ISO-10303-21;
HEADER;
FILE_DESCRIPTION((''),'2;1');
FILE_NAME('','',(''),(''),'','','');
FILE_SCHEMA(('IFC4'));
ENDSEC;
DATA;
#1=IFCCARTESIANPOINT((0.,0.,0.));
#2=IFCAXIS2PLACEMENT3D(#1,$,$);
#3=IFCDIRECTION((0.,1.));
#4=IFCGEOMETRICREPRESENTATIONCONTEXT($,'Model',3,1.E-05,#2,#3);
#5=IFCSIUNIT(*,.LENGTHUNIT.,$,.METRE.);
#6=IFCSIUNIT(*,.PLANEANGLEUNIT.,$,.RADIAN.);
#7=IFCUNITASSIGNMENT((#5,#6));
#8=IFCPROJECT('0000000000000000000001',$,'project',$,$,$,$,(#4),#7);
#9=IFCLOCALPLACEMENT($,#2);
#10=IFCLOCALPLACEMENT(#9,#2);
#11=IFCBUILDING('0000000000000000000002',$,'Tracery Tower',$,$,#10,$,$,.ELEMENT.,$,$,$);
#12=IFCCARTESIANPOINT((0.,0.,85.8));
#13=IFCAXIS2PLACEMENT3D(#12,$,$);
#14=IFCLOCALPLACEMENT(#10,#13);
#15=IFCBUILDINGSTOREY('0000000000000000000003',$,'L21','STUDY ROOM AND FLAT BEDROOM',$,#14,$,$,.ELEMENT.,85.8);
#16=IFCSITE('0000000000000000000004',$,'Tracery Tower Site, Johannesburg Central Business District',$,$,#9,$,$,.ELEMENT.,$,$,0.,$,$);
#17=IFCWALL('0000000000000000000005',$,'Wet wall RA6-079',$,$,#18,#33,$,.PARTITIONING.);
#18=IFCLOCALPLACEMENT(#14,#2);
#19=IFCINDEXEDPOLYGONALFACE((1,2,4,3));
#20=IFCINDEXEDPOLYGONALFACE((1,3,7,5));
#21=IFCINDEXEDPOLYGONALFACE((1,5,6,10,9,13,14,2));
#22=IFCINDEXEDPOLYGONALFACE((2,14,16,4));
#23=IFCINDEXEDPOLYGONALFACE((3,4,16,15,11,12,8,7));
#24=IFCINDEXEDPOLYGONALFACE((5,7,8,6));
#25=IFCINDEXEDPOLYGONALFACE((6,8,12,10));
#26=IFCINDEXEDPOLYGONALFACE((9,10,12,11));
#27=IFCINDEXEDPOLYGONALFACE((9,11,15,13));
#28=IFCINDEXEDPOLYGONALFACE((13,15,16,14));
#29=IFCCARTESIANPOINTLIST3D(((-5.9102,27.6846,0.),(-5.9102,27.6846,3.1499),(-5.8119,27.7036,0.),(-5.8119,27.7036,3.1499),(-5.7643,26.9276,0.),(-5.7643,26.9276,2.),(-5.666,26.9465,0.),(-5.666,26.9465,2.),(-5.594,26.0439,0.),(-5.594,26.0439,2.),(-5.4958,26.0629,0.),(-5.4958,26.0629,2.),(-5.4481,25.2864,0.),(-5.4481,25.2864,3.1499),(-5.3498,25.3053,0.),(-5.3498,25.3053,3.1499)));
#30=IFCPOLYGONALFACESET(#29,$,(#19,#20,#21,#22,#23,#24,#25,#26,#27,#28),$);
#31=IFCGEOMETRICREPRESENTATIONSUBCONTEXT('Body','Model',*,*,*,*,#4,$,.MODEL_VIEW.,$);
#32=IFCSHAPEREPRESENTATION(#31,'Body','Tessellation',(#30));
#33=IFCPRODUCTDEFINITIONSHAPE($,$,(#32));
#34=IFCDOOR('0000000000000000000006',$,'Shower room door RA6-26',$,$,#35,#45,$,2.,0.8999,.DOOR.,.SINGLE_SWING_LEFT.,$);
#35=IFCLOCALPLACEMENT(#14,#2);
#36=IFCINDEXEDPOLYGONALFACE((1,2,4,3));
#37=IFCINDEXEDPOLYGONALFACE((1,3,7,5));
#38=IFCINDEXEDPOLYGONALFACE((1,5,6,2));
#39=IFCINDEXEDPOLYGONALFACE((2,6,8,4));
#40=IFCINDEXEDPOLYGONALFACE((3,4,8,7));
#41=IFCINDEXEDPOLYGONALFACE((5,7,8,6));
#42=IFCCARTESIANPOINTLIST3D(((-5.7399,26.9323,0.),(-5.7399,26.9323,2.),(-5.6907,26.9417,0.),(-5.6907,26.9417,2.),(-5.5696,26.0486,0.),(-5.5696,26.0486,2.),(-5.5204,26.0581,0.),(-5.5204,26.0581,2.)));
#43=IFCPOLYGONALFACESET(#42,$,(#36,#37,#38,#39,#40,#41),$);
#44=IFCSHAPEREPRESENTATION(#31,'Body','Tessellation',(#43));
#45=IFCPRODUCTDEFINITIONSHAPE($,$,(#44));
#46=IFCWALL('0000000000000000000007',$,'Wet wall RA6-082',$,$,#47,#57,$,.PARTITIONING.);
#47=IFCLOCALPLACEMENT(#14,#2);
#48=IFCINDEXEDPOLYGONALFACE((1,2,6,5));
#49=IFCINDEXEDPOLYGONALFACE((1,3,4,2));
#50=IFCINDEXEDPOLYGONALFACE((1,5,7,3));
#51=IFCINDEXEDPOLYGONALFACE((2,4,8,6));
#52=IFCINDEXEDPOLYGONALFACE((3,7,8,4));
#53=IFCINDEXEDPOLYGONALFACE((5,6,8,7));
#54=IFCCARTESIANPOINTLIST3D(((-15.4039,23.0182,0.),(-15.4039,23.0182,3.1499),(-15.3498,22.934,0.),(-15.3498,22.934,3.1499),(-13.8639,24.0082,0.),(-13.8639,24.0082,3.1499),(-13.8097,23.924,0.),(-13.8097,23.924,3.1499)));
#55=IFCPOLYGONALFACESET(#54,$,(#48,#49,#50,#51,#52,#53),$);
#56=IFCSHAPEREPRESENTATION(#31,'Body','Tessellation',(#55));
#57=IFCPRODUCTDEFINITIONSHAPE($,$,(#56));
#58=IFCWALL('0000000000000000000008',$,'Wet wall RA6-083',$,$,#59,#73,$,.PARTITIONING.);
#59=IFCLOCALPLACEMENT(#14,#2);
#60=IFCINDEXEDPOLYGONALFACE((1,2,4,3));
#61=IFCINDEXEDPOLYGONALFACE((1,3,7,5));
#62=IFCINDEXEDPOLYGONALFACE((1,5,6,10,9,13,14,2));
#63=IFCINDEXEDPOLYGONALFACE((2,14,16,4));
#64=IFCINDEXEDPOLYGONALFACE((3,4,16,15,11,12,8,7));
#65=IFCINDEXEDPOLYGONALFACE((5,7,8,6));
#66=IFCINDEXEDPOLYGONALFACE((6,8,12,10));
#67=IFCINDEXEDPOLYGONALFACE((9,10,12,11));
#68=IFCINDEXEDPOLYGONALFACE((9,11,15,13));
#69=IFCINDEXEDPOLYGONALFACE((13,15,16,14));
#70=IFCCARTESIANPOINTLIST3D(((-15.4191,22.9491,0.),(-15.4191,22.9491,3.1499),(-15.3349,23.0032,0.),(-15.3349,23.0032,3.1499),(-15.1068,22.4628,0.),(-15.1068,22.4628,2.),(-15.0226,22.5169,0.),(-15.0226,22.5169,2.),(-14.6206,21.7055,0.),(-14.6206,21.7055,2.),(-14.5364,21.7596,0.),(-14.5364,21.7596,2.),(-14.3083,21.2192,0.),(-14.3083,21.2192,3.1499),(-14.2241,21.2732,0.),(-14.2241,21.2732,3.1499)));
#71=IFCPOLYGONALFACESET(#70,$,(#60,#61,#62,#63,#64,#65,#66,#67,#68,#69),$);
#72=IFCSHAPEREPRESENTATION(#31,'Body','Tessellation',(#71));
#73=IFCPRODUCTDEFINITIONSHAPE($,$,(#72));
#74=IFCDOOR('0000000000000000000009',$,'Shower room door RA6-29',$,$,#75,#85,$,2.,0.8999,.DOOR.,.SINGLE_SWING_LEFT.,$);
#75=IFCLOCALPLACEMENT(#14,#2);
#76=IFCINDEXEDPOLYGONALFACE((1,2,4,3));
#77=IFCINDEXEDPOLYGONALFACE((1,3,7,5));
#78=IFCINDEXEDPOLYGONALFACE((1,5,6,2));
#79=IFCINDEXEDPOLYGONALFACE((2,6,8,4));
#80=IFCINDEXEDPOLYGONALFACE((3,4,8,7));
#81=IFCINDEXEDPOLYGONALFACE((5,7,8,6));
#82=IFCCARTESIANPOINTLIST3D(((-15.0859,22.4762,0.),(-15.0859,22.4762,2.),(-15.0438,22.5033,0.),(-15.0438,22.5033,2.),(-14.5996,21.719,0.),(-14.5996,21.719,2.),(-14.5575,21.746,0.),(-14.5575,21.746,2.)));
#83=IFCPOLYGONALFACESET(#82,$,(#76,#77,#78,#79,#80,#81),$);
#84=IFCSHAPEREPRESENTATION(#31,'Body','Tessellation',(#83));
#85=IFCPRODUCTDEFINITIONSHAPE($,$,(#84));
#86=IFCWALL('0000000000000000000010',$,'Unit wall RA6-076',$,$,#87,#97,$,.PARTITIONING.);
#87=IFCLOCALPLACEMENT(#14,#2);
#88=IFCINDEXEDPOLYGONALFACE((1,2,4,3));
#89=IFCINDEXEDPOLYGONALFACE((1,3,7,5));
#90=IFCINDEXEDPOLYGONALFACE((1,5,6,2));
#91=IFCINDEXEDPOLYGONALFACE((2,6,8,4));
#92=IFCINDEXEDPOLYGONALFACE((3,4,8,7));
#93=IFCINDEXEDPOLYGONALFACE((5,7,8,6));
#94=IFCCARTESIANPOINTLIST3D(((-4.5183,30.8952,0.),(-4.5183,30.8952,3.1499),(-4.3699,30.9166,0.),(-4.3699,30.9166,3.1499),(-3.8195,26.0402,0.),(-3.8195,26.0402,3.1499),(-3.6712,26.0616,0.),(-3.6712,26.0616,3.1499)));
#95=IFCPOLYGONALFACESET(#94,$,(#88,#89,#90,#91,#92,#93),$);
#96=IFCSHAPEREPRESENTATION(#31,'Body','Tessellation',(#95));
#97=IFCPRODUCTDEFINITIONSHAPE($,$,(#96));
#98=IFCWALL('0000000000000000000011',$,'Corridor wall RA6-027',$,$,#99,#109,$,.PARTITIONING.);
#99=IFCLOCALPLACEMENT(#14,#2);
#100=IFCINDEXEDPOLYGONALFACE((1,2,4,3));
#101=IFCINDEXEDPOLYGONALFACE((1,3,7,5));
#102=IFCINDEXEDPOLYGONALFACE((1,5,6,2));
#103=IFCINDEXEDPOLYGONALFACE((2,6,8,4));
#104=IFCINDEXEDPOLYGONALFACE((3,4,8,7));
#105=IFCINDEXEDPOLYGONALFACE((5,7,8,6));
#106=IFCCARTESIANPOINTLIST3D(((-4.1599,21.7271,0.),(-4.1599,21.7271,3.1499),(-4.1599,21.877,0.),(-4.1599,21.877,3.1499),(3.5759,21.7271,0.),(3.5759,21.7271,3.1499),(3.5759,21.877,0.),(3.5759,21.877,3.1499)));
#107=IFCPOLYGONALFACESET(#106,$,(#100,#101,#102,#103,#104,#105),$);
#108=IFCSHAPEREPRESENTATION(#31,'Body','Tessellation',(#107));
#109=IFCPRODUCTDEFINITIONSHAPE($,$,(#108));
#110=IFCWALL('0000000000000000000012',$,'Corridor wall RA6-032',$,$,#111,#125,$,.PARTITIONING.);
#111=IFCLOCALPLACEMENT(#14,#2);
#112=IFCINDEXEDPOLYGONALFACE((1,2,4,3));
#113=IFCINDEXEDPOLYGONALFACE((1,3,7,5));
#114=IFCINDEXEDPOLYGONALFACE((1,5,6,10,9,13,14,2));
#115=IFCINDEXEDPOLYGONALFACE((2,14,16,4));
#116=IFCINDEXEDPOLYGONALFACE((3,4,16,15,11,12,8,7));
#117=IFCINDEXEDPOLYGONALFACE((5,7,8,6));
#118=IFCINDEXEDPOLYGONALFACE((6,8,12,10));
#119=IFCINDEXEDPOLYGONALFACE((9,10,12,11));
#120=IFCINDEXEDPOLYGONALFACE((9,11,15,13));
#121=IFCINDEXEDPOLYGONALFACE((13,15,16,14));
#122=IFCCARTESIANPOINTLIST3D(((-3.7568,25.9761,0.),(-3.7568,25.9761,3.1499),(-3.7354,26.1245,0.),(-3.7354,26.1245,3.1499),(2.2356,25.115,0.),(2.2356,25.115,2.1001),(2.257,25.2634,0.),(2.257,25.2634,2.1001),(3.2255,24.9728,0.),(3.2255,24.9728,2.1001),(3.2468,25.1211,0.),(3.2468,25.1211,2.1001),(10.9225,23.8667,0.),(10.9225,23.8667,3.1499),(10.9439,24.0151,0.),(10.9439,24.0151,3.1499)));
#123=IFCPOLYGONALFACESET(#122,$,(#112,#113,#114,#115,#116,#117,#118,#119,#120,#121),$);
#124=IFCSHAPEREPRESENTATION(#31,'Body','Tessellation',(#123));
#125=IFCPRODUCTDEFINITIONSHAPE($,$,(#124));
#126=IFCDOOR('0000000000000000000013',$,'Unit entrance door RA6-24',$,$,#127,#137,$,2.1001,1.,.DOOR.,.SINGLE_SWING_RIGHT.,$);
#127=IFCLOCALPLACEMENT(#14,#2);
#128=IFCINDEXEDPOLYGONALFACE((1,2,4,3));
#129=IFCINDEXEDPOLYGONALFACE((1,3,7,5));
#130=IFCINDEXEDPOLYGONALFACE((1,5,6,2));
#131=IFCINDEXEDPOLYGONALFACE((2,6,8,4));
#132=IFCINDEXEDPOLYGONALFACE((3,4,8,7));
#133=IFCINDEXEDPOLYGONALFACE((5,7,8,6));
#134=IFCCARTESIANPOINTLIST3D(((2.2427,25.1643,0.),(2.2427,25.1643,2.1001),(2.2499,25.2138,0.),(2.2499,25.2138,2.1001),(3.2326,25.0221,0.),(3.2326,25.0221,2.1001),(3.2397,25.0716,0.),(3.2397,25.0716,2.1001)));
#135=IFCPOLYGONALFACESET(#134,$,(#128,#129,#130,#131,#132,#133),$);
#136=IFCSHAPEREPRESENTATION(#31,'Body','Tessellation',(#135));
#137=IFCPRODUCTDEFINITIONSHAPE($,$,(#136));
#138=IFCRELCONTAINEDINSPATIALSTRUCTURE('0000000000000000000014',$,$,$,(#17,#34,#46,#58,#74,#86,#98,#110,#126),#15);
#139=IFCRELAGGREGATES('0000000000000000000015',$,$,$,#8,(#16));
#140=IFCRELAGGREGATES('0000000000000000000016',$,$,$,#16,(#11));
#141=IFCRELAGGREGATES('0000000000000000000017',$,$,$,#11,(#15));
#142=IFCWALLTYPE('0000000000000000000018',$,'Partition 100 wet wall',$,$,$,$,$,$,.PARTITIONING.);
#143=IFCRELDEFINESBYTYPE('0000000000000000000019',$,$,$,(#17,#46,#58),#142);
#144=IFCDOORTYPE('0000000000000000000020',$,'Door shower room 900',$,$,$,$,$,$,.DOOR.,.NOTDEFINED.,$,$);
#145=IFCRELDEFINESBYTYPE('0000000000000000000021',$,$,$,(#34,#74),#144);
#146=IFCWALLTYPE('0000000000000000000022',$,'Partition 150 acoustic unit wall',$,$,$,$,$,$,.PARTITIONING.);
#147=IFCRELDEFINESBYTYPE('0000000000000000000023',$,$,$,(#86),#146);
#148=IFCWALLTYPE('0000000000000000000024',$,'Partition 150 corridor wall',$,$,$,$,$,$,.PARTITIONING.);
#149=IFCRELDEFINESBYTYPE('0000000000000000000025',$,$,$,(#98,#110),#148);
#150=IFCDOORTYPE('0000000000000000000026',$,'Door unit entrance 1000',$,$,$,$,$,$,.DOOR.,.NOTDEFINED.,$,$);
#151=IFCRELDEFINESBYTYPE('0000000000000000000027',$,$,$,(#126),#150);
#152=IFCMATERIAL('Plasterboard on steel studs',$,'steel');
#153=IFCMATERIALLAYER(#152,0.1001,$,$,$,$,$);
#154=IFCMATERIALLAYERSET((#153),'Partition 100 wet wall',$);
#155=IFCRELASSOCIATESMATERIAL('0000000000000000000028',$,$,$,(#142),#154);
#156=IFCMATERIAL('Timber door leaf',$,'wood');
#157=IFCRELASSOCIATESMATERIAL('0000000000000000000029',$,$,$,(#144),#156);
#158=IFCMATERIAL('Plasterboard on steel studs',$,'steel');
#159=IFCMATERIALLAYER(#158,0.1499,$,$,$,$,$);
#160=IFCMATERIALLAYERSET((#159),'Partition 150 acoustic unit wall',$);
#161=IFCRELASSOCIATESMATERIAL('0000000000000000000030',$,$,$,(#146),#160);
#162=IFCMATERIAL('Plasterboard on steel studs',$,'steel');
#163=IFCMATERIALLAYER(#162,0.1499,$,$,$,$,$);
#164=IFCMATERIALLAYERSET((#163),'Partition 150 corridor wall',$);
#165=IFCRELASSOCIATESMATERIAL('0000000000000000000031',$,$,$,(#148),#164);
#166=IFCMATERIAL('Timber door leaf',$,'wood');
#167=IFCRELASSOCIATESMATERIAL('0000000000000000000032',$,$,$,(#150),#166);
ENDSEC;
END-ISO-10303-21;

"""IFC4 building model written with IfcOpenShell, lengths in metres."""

from ifc_helpers import new_model, si_unit, direction, frame, frame_2d, origin, place, context, subcontext, project, spatial, rectangle, extrude, material, layer, layer_set, type_object, element, fill, save


model = new_model("IFC4")

# Units and contexts
model_context = context("Model", 3, precision=1e-05, world=origin(), true_north=direction((0.0, 1.0)))
body_context = subcontext(model_context, "Body", "Model", "MODEL_VIEW")
ifc_project = project(units=[si_unit("LENGTHUNIT", "METRE"), si_unit("PLANEANGLEUNIT", "RADIAN")], contexts=[model_context])

# Site, building, storey
site_placement = place(None, origin())
site = spatial("IfcSite", under=ifc_project, at=site_placement, Name="Tracery Tower Site, Johannesburg Central Business District", CompositionType="ELEMENT", RefElevation=0.0)
building_placement = place(site_placement, origin())
building = spatial("IfcBuilding", under=site, at=building_placement, Name="Tracery Tower", CompositionType="ELEMENT")
storey_placement = place(building_placement, frame((0.0, 0.0, 85.8)))
storey = spatial("IfcBuildingStorey", under=building, at=storey_placement, Name="L21", Description="STUDY ROOM AND FLAT BEDROOM", CompositionType="ELEMENT", Elevation=85.8)

# Shared definitions
ifc_material_1 = material(Name="Plasterboard on steel studs", Category="steel")
ifc_layer_1 = layer(ifc_material_1, 0.1001)
ifc_layer_set_1 = layer_set([ifc_layer_1], Name="Partition 100 wet wall")
wall_type_1 = type_object("IfcWallType", Name="Partition 100 wet wall", PredefinedType="PARTITIONING", material=ifc_layer_set_1)

# Wall, opening, door
wall_1_placement = place(storey_placement, frame((-5.8611, 27.6941, 0.0), z_axis=(0.0, 0.0, 1.0), x_axis=(0.189229, -0.981933, 0.0)))
wall_1 = element("IfcWall", 1, at=wall_1_placement, inside=storey, type_object=wall_type_1, Name="Wet wall RA6-079", PredefinedType="PARTITIONING", context=body_context, shape_type="SweptSolid", body=[
    extrude(rectangle(XDim=2.4424, YDim=0.1001, at=frame_2d((1.2212, 0.0))), origin(), (0.0, 0.0, 1.0), 3.1499),
])
opening_1_placement = place(wall_1_placement, frame((0.771, 0.0, 0.0)))
opening_1 = element("IfcOpeningElement", 2, at=opening_1_placement, cuts=wall_1, PredefinedType="OPENING", context=body_context, shape_type="SweptSolid", body=[
    extrude(rectangle(XDim=0.8999, YDim=2.0, at=frame_2d((0.45, 1.0))), frame((0.0, 0.05, 0.0), z_axis=(0.0, -1.0, 0.0), x_axis=(1.0, 0.0, 0.0)), (0.0, 0.0, 1.0), 0.1001),
])
ifc_material_2 = material(Name="Timber door leaf", Category="wood")
door_type_1 = type_object("IfcDoorType", Name="Door shower room 900", OperationType="NOTDEFINED", PredefinedType="DOOR", material=ifc_material_2)
door_1_placement = place(opening_1_placement, origin())
door_1 = element("IfcDoor", 3, at=door_1_placement, inside=storey, type_object=door_type_1, Name="Shower room door RA6-26", OperationType="SINGLE_SWING_LEFT", OverallHeight=2.0, OverallWidth=0.8999, PredefinedType="DOOR", context=body_context, shape_type="SweptSolid", body=[
    extrude(rectangle(XDim=0.8999, YDim=2.0, at=frame_2d((0.45, 1.0))), frame((0.0, 0.0249, 0.0), z_axis=(0.0, -1.0, 0.0), x_axis=(1.0, 0.0, 0.0)), (0.0, 0.0, 1.0), 0.05),
])
fill(opening_1, door_1)

# Wall
wall_2_placement = place(storey_placement, frame((-15.377, 22.9761, 0.0), z_axis=(0.0, 0.0, 1.0), x_axis=(0.841187, 0.540744, 0.0)))
element("IfcWall", 4, at=wall_2_placement, inside=storey, type_object=wall_type_1, Name="Wet wall RA6-082", PredefinedType="PARTITIONING", context=body_context, shape_type="SweptSolid", body=[
    extrude(rectangle(XDim=1.8308, YDim=0.1001, at=frame_2d((0.9155, 0.0))), origin(), (0.0, 0.0, 1.0), 3.1499),
])

# Wall, opening, door
wall_3_placement = place(storey_placement, frame((-15.377, 22.9761, 0.0), z_axis=(0.0, 0.0, 1.0), x_axis=(0.540313, -0.841464, 0.0)))
wall_3 = element("IfcWall", 5, at=wall_3_placement, inside=storey, type_object=wall_type_1, Name="Wet wall RA6-083", PredefinedType="PARTITIONING", context=body_context, shape_type="SweptSolid", body=[
    extrude(rectangle(XDim=2.0559, YDim=0.1001, at=frame_2d((1.0278, 0.0))), origin(), (0.0, 0.0, 1.0), 3.1499),
])
opening_2_placement = place(wall_3_placement, frame((0.5779, 0.0, 0.0)))
opening_2 = element("IfcOpeningElement", 6, at=opening_2_placement, cuts=wall_3, PredefinedType="OPENING", context=body_context, shape_type="SweptSolid", body=[
    extrude(rectangle(XDim=0.8999, YDim=2.0, at=frame_2d((0.45, 1.0))), frame((0.0, 0.05, 0.0), z_axis=(0.0, -1.0, 0.0), x_axis=(1.0, 0.0, 0.0)), (0.0, 0.0, 1.0), 0.1001),
])
door_2_placement = place(opening_2_placement, origin())
door_2 = element("IfcDoor", 7, at=door_2_placement, inside=storey, type_object=door_type_1, Name="Shower room door RA6-29", OperationType="SINGLE_SWING_LEFT", OverallHeight=2.0, OverallWidth=0.8999, PredefinedType="DOOR", context=body_context, shape_type="SweptSolid", body=[
    extrude(rectangle(XDim=0.8999, YDim=2.0, at=frame_2d((0.45, 1.0))), frame((0.0, 0.0249, 0.0), z_axis=(0.0, -1.0, 0.0), x_axis=(1.0, 0.0, 0.0)), (0.0, 0.0, 1.0), 0.05),
])
fill(opening_2, door_2)

# Walls
ifc_material_3 = material(Name="Plasterboard on steel studs", Category="steel")
ifc_layer_2 = layer(ifc_material_3, 0.1499)
ifc_layer_set_2 = layer_set([ifc_layer_2], Name="Partition 150 acoustic unit wall")
wall_type_2 = type_object("IfcWallType", Name="Partition 150 acoustic unit wall", PredefinedType="PARTITIONING", material=ifc_layer_set_2)
wall_4_placement = place(storey_placement, frame((-4.4441, 30.906, 0.0), z_axis=(0.0, 0.0, 1.0), x_axis=(0.142453, -0.989802, 0.0)))
element("IfcWall", 8, at=wall_4_placement, inside=storey, type_object=wall_type_2, Name="Unit wall RA6-076", PredefinedType="PARTITIONING", context=body_context, shape_type="SweptSolid", body=[
    extrude(rectangle(XDim=4.905, YDim=0.1499, at=frame_2d((2.4526, 0.0))), origin(), (0.0, 0.0, 1.0), 3.1499),
])
ifc_material_4 = material(Name="Plasterboard on steel studs", Category="steel")
ifc_layer_3 = layer(ifc_material_4, 0.1499)
ifc_layer_set_3 = layer_set([ifc_layer_3], Name="Partition 150 corridor wall")
wall_type_3 = type_object("IfcWallType", Name="Partition 150 corridor wall", PredefinedType="PARTITIONING", material=ifc_layer_set_3)
wall_5_placement = place(storey_placement, frame((-4.1599, 21.802, 0.0), z_axis=(0.0, 0.0, 1.0), x_axis=(1.0, 0.0, 0.0)))
element("IfcWall", 9, at=wall_5_placement, inside=storey, type_object=wall_type_3, Name="Corridor wall RA6-027", PredefinedType="PARTITIONING", context=body_context, shape_type="SweptSolid", body=[
    extrude(rectangle(XDim=7.7358, YDim=0.1499, at=frame_2d((3.8679, 0.0))), origin(), (0.0, 0.0, 1.0), 3.1499),
])

# Wall, opening, door
wall_6_placement = place(storey_placement, frame((-3.7461, 26.0503, 0.0), z_axis=(0.0, 0.0, 1.0), x_axis=(0.989833, -0.142237, 0.0)))
wall_6 = element("IfcWall", 10, at=wall_6_placement, inside=storey, type_object=wall_type_3, Name="Corridor wall RA6-032", PredefinedType="PARTITIONING", context=body_context, shape_type="SweptSolid", body=[
    extrude(rectangle(XDim=14.8301, YDim=0.1499, at=frame_2d((7.415, 0.0))), origin(), (0.0, 0.0, 1.0), 3.1499),
])
opening_3_placement = place(wall_6_placement, frame((6.054, 0.0, 0.0)))
opening_3 = element("IfcOpeningElement", 11, at=opening_3_placement, cuts=wall_6, PredefinedType="OPENING", context=body_context, shape_type="SweptSolid", body=[
    extrude(rectangle(XDim=1.0, YDim=2.1001, at=frame_2d((0.5, 1.05))), frame((0.0, 0.075, 0.0), z_axis=(0.0, -1.0, 0.0), x_axis=(1.0, 0.0, 0.0)), (0.0, 0.0, 1.0), 0.1499),
])
ifc_material_5 = material(Name="Timber door leaf", Category="wood")
door_type_2 = type_object("IfcDoorType", Name="Door unit entrance 1000", OperationType="NOTDEFINED", PredefinedType="DOOR", material=ifc_material_5)
door_3_placement = place(opening_3_placement, origin())
door_3 = element("IfcDoor", 12, at=door_3_placement, inside=storey, type_object=door_type_2, Name="Unit entrance door RA6-24", OperationType="SINGLE_SWING_RIGHT", OverallHeight=2.1001, OverallWidth=1.0, PredefinedType="DOOR", context=body_context, shape_type="SweptSolid", body=[
    extrude(rectangle(XDim=1.0, YDim=2.1001, at=frame_2d((0.5, 1.05))), frame((0.0, 0.0249, 0.0), z_axis=(0.0, -1.0, 0.0), x_axis=(1.0, 0.0, 0.0)), (0.0, 0.0, 1.0), 0.05),
])
fill(opening_3, door_3)

save(model, "model.ifc")
